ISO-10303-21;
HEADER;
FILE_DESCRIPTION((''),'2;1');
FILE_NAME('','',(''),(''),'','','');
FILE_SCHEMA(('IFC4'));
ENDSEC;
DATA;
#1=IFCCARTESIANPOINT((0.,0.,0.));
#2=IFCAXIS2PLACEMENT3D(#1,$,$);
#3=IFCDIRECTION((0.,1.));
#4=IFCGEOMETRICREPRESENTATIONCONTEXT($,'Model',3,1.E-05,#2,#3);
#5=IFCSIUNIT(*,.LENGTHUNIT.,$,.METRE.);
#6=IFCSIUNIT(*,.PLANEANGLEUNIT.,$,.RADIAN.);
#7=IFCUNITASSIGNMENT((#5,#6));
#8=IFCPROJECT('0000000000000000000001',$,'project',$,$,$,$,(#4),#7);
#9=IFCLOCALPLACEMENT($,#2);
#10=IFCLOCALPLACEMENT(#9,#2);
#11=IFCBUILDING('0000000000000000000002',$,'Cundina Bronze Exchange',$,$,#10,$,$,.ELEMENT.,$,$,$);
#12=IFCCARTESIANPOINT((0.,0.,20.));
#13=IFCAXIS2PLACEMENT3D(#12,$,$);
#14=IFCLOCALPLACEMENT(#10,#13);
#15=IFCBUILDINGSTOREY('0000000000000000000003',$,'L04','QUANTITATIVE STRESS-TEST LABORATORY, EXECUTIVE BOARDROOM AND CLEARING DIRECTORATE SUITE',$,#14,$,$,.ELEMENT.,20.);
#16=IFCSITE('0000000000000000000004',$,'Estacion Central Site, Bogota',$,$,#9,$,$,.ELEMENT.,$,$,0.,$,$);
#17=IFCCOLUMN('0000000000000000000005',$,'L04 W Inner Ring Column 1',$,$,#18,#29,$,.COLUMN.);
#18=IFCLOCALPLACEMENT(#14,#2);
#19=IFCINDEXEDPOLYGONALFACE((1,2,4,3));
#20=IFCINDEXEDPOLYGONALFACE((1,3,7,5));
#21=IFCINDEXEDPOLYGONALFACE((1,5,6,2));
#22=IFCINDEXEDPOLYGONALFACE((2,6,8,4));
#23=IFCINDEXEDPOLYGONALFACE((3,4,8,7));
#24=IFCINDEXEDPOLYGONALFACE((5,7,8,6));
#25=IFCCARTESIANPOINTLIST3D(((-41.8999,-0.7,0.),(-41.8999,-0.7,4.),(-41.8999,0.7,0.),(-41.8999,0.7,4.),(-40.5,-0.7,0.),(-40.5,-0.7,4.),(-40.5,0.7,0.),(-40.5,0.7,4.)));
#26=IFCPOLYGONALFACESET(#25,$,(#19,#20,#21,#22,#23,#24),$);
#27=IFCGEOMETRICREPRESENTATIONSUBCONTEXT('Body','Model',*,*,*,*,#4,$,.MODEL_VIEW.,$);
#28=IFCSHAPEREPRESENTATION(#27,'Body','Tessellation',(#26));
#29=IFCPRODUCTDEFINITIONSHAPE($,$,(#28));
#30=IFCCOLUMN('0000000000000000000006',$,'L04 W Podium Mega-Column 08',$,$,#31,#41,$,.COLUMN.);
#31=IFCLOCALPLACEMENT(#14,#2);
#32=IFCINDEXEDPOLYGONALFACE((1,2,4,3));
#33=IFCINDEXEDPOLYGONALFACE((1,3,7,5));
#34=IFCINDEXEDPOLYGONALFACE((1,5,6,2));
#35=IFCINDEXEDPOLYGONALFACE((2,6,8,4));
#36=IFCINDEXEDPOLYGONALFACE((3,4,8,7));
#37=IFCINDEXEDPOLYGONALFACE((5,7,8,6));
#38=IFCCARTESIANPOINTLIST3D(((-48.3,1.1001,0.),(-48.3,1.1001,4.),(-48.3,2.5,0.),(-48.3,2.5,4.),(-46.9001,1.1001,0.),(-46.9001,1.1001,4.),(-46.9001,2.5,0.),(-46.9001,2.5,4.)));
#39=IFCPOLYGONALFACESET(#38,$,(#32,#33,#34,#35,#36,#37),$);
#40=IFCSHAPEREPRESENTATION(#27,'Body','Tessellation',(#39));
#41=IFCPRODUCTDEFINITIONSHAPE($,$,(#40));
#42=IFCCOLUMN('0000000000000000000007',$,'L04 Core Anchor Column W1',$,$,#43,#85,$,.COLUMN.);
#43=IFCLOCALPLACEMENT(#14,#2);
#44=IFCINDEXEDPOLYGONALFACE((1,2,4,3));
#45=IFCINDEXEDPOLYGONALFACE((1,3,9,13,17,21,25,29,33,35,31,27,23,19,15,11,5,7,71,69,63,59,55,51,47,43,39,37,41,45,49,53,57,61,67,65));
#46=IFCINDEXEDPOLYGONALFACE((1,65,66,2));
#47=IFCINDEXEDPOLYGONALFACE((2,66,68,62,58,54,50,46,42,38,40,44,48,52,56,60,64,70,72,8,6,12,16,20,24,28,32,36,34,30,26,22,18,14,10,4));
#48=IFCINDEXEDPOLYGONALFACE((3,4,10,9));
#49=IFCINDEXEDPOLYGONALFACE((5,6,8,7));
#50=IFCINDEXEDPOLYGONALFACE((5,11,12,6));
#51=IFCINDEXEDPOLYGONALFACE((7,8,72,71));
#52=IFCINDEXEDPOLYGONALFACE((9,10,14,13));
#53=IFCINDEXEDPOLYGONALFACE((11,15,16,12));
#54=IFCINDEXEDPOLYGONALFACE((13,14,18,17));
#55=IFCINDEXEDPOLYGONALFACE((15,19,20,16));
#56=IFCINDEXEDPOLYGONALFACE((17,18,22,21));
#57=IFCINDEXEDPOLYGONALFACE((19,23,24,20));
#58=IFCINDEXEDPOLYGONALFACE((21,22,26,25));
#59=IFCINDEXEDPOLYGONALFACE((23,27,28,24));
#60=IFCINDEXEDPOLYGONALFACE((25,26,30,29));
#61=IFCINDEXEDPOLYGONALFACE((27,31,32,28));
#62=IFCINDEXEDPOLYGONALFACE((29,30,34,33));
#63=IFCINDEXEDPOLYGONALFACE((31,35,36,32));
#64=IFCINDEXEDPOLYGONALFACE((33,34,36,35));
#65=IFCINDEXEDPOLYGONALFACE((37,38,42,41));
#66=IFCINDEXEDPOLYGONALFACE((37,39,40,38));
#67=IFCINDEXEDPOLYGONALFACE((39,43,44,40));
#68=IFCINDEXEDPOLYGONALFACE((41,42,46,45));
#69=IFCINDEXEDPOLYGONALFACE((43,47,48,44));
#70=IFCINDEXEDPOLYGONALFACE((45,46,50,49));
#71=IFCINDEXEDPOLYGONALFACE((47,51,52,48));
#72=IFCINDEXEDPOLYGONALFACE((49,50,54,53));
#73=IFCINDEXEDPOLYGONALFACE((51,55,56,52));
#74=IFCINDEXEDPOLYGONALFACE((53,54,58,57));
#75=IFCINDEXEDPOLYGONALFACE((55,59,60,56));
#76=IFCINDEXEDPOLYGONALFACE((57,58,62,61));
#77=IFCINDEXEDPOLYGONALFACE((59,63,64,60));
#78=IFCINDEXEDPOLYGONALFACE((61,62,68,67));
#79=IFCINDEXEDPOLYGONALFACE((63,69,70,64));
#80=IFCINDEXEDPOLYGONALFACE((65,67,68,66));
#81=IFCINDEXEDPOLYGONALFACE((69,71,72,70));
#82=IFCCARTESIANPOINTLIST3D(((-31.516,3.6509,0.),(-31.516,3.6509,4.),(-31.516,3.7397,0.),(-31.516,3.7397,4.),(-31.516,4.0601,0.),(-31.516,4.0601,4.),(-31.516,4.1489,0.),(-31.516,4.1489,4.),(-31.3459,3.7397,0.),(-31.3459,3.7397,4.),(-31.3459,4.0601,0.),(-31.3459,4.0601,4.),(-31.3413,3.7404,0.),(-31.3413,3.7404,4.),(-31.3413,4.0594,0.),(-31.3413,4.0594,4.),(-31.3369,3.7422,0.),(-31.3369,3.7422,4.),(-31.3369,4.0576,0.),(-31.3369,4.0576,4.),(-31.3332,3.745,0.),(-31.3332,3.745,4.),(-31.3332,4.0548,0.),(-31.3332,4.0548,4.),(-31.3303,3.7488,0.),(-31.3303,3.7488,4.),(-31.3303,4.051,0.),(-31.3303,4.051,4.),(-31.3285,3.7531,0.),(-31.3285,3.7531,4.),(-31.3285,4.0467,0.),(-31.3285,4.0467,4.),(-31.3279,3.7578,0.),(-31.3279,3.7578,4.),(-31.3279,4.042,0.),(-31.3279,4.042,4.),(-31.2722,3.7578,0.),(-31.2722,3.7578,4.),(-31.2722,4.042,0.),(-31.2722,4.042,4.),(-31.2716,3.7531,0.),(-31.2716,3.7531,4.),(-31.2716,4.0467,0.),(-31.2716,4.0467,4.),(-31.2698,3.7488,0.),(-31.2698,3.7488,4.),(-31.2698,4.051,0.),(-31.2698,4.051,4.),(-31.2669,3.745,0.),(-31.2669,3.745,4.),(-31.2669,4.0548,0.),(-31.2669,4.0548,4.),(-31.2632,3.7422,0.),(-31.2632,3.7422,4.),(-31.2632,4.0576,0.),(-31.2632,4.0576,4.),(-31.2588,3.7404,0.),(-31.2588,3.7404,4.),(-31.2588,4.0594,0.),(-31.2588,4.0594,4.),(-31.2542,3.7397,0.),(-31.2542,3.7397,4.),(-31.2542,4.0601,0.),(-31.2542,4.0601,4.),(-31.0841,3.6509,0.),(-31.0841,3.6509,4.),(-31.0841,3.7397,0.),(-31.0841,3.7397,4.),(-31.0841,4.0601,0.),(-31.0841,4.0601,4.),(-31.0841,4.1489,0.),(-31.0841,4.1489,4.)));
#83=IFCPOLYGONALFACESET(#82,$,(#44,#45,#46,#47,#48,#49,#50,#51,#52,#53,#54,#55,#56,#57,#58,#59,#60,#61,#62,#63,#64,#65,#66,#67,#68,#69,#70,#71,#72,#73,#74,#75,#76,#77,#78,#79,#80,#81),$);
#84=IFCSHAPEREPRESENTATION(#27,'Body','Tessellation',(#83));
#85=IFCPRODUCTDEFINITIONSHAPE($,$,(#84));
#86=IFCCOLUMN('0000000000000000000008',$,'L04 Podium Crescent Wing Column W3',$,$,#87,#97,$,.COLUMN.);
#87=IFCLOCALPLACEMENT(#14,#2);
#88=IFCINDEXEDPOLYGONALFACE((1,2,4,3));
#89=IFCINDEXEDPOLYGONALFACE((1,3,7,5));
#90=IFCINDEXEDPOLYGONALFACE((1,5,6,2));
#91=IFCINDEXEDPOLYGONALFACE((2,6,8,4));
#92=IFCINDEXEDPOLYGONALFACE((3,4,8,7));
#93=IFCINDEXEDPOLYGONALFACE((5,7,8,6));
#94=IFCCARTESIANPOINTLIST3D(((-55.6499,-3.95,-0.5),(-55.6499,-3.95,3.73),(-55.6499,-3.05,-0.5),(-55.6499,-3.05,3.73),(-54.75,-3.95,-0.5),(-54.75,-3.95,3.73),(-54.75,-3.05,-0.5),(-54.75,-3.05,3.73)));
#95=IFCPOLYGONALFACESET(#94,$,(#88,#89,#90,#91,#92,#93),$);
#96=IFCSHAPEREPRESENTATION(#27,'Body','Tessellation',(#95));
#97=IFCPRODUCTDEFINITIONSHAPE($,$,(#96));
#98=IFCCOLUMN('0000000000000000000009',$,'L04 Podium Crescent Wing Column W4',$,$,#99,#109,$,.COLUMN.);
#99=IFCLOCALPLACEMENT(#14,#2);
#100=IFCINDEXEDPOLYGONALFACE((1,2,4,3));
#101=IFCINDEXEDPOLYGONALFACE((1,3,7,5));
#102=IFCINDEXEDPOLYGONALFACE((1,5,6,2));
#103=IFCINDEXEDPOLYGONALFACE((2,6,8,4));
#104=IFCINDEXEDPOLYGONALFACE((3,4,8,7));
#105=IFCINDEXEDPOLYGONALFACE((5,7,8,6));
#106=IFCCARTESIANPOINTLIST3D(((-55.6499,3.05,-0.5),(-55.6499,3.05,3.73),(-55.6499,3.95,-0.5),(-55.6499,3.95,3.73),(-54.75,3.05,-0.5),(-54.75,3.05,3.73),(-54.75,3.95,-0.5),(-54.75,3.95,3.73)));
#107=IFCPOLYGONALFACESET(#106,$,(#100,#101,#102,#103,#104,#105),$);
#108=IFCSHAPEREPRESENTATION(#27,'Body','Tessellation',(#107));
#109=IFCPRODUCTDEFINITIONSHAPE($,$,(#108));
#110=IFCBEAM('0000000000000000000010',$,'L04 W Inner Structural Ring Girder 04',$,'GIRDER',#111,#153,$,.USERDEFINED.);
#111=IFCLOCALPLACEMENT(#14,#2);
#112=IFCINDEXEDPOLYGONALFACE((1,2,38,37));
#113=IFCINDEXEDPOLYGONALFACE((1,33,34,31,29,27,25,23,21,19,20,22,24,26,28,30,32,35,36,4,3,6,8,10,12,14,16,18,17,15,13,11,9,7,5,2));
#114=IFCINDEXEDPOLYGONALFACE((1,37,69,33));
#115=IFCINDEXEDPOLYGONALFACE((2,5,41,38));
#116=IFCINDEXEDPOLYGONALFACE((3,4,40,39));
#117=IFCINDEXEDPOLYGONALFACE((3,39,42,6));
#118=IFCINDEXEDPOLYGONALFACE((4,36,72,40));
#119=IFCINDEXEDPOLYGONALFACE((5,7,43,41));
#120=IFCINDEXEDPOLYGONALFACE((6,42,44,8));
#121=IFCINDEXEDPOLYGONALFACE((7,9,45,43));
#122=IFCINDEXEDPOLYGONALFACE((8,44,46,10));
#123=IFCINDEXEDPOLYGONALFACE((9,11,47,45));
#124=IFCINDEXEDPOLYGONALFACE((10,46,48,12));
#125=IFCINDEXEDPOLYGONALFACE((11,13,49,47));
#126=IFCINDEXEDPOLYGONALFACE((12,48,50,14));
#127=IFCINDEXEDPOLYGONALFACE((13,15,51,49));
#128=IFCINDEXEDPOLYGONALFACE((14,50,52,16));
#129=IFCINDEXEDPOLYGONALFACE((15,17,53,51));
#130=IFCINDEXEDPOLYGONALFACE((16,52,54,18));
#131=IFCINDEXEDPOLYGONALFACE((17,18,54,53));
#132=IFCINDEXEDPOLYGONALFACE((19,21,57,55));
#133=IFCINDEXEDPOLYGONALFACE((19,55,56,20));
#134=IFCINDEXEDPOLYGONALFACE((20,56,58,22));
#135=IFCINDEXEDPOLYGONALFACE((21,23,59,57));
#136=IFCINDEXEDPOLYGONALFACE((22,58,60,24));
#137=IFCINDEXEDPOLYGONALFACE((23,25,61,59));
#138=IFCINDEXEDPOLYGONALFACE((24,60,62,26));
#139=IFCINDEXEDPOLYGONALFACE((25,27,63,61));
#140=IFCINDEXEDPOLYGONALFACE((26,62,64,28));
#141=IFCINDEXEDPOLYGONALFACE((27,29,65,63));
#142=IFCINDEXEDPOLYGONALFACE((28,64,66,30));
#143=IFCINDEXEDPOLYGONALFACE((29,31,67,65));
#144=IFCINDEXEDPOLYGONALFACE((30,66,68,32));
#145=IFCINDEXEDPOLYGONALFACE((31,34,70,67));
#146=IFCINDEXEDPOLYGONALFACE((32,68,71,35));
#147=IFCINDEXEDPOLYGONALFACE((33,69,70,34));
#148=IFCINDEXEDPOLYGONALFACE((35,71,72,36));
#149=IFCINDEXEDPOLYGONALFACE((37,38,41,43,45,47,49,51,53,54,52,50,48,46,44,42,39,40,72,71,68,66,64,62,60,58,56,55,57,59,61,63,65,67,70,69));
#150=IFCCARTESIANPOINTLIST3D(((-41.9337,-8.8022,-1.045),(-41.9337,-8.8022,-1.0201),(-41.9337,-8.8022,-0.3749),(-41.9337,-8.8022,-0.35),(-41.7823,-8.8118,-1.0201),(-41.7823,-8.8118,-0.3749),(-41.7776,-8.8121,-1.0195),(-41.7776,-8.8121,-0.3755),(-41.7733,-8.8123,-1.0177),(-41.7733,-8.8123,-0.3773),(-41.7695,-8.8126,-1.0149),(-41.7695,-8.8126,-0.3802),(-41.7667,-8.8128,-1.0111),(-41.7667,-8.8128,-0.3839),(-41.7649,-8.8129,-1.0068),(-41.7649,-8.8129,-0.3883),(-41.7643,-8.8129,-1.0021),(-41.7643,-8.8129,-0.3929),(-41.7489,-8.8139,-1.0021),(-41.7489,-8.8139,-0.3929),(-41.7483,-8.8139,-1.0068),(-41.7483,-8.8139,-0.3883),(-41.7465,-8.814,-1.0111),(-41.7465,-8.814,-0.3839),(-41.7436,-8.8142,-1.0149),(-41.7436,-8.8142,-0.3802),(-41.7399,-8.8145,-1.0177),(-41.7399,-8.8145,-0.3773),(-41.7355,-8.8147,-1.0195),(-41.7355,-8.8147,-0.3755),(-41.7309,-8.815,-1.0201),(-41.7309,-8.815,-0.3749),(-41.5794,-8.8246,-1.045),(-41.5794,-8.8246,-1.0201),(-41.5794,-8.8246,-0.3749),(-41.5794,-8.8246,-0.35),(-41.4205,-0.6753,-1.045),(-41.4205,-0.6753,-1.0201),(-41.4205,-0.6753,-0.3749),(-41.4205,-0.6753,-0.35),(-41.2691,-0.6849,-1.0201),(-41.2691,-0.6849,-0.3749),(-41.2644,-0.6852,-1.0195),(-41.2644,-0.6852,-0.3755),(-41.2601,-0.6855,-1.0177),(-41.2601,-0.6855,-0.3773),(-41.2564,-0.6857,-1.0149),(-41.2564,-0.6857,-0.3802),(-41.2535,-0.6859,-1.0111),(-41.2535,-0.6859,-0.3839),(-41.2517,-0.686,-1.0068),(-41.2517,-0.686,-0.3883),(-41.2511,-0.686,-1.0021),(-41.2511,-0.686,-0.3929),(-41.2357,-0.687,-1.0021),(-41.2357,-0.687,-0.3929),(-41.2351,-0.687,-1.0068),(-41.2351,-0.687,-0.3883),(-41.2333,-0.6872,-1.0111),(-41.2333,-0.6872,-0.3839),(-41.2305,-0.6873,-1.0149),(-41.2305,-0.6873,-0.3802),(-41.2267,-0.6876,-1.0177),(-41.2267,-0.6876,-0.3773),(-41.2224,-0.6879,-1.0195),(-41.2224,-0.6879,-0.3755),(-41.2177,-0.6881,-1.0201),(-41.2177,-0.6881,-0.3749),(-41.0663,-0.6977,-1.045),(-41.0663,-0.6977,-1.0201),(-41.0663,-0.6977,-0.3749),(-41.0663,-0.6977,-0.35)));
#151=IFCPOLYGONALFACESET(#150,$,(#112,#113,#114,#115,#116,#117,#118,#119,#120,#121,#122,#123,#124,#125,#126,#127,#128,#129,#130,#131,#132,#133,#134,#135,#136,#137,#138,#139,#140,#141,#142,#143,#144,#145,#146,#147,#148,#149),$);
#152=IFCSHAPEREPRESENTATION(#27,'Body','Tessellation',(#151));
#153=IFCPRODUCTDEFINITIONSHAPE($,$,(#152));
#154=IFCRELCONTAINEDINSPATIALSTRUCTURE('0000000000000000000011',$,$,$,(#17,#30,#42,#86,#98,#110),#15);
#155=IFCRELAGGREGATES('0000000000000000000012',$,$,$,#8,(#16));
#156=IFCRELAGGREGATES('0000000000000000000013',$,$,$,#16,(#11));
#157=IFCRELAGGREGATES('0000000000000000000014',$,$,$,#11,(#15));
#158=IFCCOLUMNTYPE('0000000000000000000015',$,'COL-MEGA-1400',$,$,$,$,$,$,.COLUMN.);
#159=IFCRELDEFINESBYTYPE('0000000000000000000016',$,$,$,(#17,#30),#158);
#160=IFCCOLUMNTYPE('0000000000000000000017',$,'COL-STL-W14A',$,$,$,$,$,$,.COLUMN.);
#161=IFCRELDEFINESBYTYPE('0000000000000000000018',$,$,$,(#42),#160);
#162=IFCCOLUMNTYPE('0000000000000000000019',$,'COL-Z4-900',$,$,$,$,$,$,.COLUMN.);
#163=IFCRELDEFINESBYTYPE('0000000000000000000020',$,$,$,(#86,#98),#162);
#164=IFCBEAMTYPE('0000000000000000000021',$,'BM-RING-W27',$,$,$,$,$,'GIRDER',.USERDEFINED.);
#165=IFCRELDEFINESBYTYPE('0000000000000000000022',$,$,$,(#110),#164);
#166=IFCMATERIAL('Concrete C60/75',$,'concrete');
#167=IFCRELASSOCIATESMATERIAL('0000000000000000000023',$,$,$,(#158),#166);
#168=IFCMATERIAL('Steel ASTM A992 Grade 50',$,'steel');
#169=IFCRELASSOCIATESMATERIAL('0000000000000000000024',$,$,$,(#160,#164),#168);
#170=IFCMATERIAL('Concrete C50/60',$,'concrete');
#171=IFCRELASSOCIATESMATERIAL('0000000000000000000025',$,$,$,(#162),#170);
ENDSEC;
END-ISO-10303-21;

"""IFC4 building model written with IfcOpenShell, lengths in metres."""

from ifc_helpers import new_model, si_unit, direction, frame, origin, origin_2d, place, context, subcontext, project, spatial, rectangle, i_section, extrude, material, material_profile, profile_set, type_object, element, save


model = new_model("IFC4")

# Units and contexts
model_context = context("Model", 3, precision=1e-05, world=origin(), true_north=direction((0.0, 1.0)))
body_context = subcontext(model_context, "Body", "Model", "MODEL_VIEW")
ifc_project = project(units=[si_unit("LENGTHUNIT", "METRE"), si_unit("PLANEANGLEUNIT", "RADIAN")], contexts=[model_context])

# Site, building, storey
site_placement = place(None, origin())
site = spatial("IfcSite", under=ifc_project, at=site_placement, Name="Estacion Central Site, Bogota", CompositionType="ELEMENT", RefElevation=0.0)
building_placement = place(site_placement, origin())
building = spatial("IfcBuilding", under=site, at=building_placement, Name="Cundina Bronze Exchange", CompositionType="ELEMENT")
storey_placement = place(building_placement, frame((0.0, 0.0, 20.0)))
storey = spatial("IfcBuildingStorey", under=building, at=storey_placement, Name="L04", Description="QUANTITATIVE STRESS-TEST LABORATORY, EXECUTIVE BOARDROOM AND CLEARING DIRECTORATE SUITE", CompositionType="ELEMENT", Elevation=20.0)

# Columns
ifc_material_1 = material(Name="Concrete C60/75", Category="concrete")
ifc_material_profile_1 = material_profile(ifc_material_1, rectangle(XDim=1.3999, YDim=1.3999, at=origin_2d()), Name="RC1400X1400", Category="concrete")
ifc_profile_set_1 = profile_set([ifc_material_profile_1], Name="Concrete C60/75")
column_type_1 = type_object("IfcColumnType", Name="COL-MEGA-1400", PredefinedType="COLUMN", material=ifc_profile_set_1)
for number, where, z_axis, x_axis, name in (
    (1, (-41.2, 0.0, 0.0), (0.0, 0.0, 1.0), (1.0, 0.0, 0.0), "L04 W Inner Ring Column 1"),
    (2, (-47.6001, 1.8, 0.0), (0.0, 0.0, 1.0), (1.0, 0.0, 0.0), "L04 W Podium Mega-Column 08"),
):
    element("IfcColumn", number, at=place(storey_placement, frame(where, z_axis=z_axis, x_axis=x_axis)), inside=storey, type_object=column_type_1, Name=name, PredefinedType="COLUMN", context=body_context, shape_type="SweptSolid", body=[
        extrude(rectangle(XDim=1.3999, YDim=1.3999, at=origin_2d()), origin(), (0.0, 0.0, 1.0), 4.0),
    ])
ifc_material_2 = material(Name="Steel ASTM A992 Grade 50", Category="steel")
ifc_material_profile_2 = material_profile(ifc_material_2, i_section(OverallWidth=0.4319, OverallDepth=0.498, WebThickness=0.0557, FlangeThickness=0.0889, FilletRadius=0.0181, at=origin_2d()), Name="W14X500", Category="steel")
ifc_profile_set_2 = profile_set([ifc_material_profile_2], Name="Steel ASTM A992 Grade 50")
column_type_2 = type_object("IfcColumnType", Name="COL-STL-W14A", PredefinedType="COLUMN", material=ifc_profile_set_2)
column_placement = place(storey_placement, frame((-31.3, 3.8999, 0.0), z_axis=(0.0, 0.0, 1.0), x_axis=(1.0, 0.0, 0.0)))
element("IfcColumn", 3, at=column_placement, inside=storey, type_object=column_type_2, Name="L04 Core Anchor Column W1", PredefinedType="COLUMN", context=body_context, shape_type="SweptSolid", body=[
    extrude(i_section(OverallWidth=0.4319, OverallDepth=0.498, WebThickness=0.0557, FlangeThickness=0.0889, FilletRadius=0.0181, at=origin_2d()), origin(), (0.0, 0.0, 1.0), 4.0),
])
ifc_material_3 = material(Name="Concrete C50/60", Category="concrete")
ifc_material_profile_3 = material_profile(ifc_material_3, rectangle(XDim=0.8999, YDim=0.8999, at=origin_2d()), Name="RC900X900", Category="concrete")
ifc_profile_set_3 = profile_set([ifc_material_profile_3], Name="Concrete C50/60")
column_type_3 = type_object("IfcColumnType", Name="COL-Z4-900", PredefinedType="COLUMN", material=ifc_profile_set_3)
for number, where, z_axis, x_axis, name in (
    (4, (-55.2, -3.5, -0.5), (0.0, 0.0, 1.0), (1.0, 0.0, 0.0), "L04 Podium Crescent Wing Column W3"),
    (5, (-55.2, 3.5, -0.5), (0.0, 0.0, 1.0), (1.0, 0.0, 0.0), "L04 Podium Crescent Wing Column W4"),
):
    element("IfcColumn", number, at=place(storey_placement, frame(where, z_axis=z_axis, x_axis=x_axis)), inside=storey, type_object=column_type_3, Name=name, PredefinedType="COLUMN", context=body_context, shape_type="SweptSolid", body=[
        extrude(rectangle(XDim=0.8999, YDim=0.8999, at=origin_2d()), origin(), (0.0, 0.0, 1.0), 4.23),
    ])

# Beam
ifc_material_profile_4 = material_profile(ifc_material_2, i_section(OverallWidth=0.355, OverallDepth=0.6951, WebThickness=0.0154, FlangeThickness=0.0249, FilletRadius=0.0181, at=origin_2d()), Name="W27X146", Category="steel")
ifc_profile_set_4 = profile_set([ifc_material_profile_4], Name="Steel ASTM A992 Grade 50")
beam_type_1 = type_object("IfcBeamType", Name="BM-RING-W27", ElementType="GIRDER", PredefinedType="USERDEFINED", material=ifc_profile_set_4)
beam_1_placement = place(storey_placement, frame((-41.2434, -0.6865, -0.6975), z_axis=(-0.06302, -0.998012, 0.0), x_axis=(0.998012, -0.06302, 0.0)))
element("IfcBeam", 6, at=beam_1_placement, inside=storey, type_object=beam_type_1, Name="L04 W Inner Structural Ring Girder 04", ObjectType="GIRDER", PredefinedType="USERDEFINED", context=body_context, shape_type="SweptSolid", body=[
    extrude(i_section(OverallWidth=0.355, OverallDepth=0.6951, WebThickness=0.0154, FlangeThickness=0.0249, FilletRadius=0.0181, at=origin_2d()), origin(), (0.0, 0.0, 1.0), 8.1431),
])

save(model, "model.ifc")
